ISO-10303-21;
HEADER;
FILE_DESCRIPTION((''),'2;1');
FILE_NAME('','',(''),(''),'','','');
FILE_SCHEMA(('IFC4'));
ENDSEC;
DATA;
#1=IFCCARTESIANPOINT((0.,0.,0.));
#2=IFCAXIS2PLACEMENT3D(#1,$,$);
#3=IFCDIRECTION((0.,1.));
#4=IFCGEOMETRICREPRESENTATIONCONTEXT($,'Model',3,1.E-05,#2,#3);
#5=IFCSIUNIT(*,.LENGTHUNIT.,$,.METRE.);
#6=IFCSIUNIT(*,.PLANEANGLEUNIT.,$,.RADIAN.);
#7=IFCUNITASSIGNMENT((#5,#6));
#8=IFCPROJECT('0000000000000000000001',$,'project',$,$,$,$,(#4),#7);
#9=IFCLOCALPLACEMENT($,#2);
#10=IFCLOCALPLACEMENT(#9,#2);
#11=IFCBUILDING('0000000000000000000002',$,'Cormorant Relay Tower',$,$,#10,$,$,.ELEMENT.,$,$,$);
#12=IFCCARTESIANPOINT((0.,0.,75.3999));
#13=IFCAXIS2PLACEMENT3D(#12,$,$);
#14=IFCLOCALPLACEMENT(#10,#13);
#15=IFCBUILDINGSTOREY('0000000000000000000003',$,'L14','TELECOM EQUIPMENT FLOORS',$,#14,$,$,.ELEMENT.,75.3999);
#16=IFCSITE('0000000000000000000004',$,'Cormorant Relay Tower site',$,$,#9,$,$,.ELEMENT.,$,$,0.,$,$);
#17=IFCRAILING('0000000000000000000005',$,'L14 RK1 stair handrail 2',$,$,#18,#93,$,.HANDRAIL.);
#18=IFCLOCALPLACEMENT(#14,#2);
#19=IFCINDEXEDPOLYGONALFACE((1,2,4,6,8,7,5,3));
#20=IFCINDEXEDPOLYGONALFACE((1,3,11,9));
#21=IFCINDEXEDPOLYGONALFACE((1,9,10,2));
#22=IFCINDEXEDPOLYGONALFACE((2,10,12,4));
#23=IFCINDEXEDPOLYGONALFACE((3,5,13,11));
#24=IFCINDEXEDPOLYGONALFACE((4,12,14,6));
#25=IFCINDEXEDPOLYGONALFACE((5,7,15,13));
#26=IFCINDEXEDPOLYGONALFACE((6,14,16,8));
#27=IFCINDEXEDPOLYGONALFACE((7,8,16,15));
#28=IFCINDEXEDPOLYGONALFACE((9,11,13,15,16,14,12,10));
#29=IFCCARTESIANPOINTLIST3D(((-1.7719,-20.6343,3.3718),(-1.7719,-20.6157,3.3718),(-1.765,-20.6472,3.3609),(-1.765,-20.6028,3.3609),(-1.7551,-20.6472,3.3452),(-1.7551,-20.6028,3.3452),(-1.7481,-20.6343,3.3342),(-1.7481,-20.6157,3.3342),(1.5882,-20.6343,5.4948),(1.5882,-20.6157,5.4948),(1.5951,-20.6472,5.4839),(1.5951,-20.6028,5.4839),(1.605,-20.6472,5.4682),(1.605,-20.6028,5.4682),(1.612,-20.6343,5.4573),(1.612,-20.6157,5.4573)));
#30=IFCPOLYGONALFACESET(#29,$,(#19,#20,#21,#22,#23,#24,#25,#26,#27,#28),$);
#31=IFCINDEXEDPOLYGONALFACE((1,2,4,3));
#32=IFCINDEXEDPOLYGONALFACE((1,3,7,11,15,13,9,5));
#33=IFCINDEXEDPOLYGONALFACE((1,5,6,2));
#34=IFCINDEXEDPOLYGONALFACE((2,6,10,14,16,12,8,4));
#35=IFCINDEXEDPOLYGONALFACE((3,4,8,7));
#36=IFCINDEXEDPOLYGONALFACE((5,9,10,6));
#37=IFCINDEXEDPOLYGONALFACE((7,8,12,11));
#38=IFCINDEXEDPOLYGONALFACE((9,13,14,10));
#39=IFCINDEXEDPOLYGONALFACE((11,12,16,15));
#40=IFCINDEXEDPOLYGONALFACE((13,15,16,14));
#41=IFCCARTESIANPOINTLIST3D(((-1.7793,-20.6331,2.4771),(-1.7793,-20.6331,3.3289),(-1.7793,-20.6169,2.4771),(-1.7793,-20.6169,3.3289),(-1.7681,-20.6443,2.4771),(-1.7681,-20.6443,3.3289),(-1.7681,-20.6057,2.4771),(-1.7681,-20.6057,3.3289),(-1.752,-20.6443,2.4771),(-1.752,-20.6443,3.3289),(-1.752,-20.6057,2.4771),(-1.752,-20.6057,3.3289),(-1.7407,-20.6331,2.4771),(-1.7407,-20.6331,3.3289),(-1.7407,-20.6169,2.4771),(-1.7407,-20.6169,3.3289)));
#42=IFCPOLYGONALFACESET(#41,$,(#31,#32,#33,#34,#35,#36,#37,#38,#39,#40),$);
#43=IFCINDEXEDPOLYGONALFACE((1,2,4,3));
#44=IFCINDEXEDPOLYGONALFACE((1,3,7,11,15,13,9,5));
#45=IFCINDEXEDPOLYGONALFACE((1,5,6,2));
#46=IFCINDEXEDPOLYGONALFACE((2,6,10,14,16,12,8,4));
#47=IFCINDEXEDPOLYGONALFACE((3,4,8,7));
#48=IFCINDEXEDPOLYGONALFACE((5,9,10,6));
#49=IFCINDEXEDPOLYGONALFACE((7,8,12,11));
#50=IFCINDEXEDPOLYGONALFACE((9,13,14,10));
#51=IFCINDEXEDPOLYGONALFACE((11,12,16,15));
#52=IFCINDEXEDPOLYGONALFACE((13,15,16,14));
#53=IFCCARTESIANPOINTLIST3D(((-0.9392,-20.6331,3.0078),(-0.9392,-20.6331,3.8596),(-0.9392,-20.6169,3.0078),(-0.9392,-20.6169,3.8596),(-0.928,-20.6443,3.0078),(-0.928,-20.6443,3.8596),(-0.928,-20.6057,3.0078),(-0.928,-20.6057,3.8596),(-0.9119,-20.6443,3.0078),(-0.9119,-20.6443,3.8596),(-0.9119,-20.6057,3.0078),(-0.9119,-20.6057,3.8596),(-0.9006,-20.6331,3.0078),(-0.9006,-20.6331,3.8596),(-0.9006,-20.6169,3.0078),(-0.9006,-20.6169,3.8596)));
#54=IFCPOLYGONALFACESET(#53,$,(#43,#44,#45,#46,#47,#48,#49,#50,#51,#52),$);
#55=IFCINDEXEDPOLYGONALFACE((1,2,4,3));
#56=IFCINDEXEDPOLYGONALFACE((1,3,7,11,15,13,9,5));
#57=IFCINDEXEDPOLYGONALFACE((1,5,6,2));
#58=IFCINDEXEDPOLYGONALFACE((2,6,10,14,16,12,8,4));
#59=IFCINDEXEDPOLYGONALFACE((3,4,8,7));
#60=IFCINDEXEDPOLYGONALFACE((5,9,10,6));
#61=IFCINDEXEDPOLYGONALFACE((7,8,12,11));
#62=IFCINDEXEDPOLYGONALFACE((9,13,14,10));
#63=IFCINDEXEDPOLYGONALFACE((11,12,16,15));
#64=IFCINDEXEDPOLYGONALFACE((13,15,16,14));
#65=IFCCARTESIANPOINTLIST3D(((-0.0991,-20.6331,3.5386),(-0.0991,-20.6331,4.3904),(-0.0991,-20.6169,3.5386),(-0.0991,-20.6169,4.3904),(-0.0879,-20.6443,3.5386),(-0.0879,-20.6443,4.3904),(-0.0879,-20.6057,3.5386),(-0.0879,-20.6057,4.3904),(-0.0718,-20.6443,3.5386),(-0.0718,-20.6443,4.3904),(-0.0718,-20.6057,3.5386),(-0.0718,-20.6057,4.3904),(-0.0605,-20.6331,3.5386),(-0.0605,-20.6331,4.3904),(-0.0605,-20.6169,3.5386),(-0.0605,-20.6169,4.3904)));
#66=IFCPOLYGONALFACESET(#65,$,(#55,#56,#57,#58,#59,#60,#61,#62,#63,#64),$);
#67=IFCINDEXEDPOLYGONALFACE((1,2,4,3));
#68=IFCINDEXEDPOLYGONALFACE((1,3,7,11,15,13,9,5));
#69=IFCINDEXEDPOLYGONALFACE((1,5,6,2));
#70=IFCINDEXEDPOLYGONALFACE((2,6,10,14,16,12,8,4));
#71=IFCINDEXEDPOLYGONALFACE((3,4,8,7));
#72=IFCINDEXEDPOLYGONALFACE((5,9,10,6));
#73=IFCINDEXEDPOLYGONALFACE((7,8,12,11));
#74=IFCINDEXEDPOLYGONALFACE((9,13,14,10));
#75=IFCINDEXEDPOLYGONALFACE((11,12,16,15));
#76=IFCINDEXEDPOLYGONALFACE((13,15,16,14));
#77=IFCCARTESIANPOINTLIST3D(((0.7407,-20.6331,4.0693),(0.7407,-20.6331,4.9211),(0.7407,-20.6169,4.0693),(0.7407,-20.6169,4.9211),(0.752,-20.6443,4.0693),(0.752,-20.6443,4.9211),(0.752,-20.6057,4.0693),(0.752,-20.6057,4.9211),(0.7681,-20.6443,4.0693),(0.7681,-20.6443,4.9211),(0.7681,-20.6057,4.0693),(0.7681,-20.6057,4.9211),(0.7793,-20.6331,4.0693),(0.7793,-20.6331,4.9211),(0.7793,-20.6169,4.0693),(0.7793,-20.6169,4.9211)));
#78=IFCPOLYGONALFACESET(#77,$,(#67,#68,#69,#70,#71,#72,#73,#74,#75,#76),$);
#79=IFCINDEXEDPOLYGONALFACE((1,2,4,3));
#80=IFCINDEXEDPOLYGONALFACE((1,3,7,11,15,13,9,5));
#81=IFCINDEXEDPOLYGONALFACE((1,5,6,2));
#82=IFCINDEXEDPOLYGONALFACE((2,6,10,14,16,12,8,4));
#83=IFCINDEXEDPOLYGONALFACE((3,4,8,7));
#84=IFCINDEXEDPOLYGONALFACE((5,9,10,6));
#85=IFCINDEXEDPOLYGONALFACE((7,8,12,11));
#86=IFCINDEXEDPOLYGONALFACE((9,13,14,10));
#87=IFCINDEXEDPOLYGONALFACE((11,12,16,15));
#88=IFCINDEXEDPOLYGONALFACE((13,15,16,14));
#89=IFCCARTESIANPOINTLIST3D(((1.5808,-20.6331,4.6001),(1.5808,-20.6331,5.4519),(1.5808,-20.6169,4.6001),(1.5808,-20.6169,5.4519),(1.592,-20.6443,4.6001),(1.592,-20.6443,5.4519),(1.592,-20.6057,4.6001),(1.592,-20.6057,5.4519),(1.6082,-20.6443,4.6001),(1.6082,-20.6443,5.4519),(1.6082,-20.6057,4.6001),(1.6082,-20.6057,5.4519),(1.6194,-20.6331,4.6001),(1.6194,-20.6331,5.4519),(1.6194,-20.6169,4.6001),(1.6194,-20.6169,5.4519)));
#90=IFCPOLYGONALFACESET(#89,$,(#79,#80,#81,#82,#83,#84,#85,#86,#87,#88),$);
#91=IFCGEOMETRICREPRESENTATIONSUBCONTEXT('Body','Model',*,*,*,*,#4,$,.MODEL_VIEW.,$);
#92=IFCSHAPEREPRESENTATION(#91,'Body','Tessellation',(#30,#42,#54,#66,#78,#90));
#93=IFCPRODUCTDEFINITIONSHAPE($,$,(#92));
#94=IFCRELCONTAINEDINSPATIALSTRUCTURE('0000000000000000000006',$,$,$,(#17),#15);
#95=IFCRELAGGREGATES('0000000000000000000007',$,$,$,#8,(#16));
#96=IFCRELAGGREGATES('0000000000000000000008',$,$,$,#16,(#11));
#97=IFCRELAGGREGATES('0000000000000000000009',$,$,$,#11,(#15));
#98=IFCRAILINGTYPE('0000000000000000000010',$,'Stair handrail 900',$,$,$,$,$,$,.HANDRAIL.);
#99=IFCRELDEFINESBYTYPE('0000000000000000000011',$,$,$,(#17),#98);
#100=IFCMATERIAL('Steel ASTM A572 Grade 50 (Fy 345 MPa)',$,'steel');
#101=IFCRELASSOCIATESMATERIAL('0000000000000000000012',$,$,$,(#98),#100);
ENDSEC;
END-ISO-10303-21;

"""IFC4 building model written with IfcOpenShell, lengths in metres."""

from ifc_helpers import new_model, si_unit, direction, frame, origin, place, context, subcontext, project, spatial, polyline, outline, extrude, material, type_object, element, save


model = new_model("IFC4")

# Units and contexts
model_context = context("Model", 3, precision=1e-05, world=origin(), true_north=direction((0.0, 1.0)))
body_context = subcontext(model_context, "Body", "Model", "MODEL_VIEW")
ifc_project = project(units=[si_unit("LENGTHUNIT", "METRE"), si_unit("PLANEANGLEUNIT", "RADIAN")], contexts=[model_context])

# Site, building, storey
site_placement = place(None, origin())
site = spatial("IfcSite", under=ifc_project, at=site_placement, Name="Cormorant Relay Tower site", CompositionType="ELEMENT", RefElevation=0.0)
building_placement = place(site_placement, origin())
building = spatial("IfcBuilding", under=site, at=building_placement, Name="Cormorant Relay Tower", CompositionType="ELEMENT")
storey_placement = place(building_placement, frame((0.0, 0.0, 75.3999)))
storey = spatial("IfcBuildingStorey", under=building, at=storey_placement, Name="L14", Description="TELECOM EQUIPMENT FLOORS", CompositionType="ELEMENT", Elevation=75.3999)

# Railing
ifc_material_1 = material(Name="Steel ASTM A572 Grade 50 (Fy 345 MPa)", Category="steel")
railing_type_1 = type_object("IfcRailingType", Name="Stair handrail 900", PredefinedType="HANDRAIL", material=ifc_material_1)
railing_1_placement = place(storey_placement, frame((-1.76, -20.625, 2.4771)))
element("IfcRailing", 1, at=railing_1_placement, inside=storey, type_object=railing_type_1, Name="L14 RK1 stair handrail 2", PredefinedType="HANDRAIL", context=body_context, shape_type="SweptSolid", body=[
    extrude(outline(polyline([(0.0222, 0.0093), (0.0093, 0.0222), (-0.0093, 0.0222), (-0.0222, 0.0093), (-0.0222, -0.0093), (-0.0093, -0.0222), (0.0093, -0.0222), (0.0222, -0.0093), (0.0222, 0.0093)])), frame((0.0, 0.0, 0.876), z_axis=(0.84539, 0.0, 0.53415), x_axis=(0.0, 1.0, 0.0)), (0.0, 0.0, 1.0), 3.9746),
    extrude(outline(polyline([(0.0193, 0.0081), (0.0081, 0.0193), (-0.0081, 0.0193), (-0.0193, 0.0081), (-0.0193, -0.0081), (-0.0081, -0.0193), (0.0081, -0.0193), (0.0193, -0.0081), (0.0193, 0.0081)])), origin(), (0.0, 0.0, 1.0), 0.8518),
    extrude(outline(polyline([(0.0193, 0.0081), (0.0081, 0.0193), (-0.0081, 0.0193), (-0.0193, 0.0081), (-0.0193, -0.0081), (-0.0081, -0.0193), (0.0081, -0.0193), (0.0193, -0.0081), (0.0193, 0.0081)])), frame((0.8401, 0.0, 0.5308)), (0.0, 0.0, 1.0), 0.8518),
    extrude(outline(polyline([(0.0193, 0.0081), (0.0081, 0.0193), (-0.0081, 0.0193), (-0.0193, 0.0081), (-0.0193, -0.0081), (-0.0081, -0.0193), (0.0081, -0.0193), (0.0193, -0.0081), (0.0193, 0.0081)])), frame((1.6802, 0.0, 1.0615)), (0.0, 0.0, 1.0), 0.8518),
    extrude(outline(polyline([(0.0193, 0.0081), (0.0081, 0.0193), (-0.0081, 0.0193), (-0.0193, 0.0081), (-0.0193, -0.0081), (-0.0081, -0.0193), (0.0081, -0.0193), (0.0193, -0.0081), (0.0193, 0.0081)])), frame((2.52, 0.0, 1.5923)), (0.0, 0.0, 1.0), 0.8518),
    extrude(outline(polyline([(0.0193, 0.0081), (0.0081, 0.0193), (-0.0081, 0.0193), (-0.0193, 0.0081), (-0.0193, -0.0081), (-0.0081, -0.0193), (0.0081, -0.0193), (0.0193, -0.0081), (0.0193, 0.0081)])), frame((3.3601, 0.0, 2.123)), (0.0, 0.0, 1.0), 0.8518),
])

save(model, "model.ifc")
